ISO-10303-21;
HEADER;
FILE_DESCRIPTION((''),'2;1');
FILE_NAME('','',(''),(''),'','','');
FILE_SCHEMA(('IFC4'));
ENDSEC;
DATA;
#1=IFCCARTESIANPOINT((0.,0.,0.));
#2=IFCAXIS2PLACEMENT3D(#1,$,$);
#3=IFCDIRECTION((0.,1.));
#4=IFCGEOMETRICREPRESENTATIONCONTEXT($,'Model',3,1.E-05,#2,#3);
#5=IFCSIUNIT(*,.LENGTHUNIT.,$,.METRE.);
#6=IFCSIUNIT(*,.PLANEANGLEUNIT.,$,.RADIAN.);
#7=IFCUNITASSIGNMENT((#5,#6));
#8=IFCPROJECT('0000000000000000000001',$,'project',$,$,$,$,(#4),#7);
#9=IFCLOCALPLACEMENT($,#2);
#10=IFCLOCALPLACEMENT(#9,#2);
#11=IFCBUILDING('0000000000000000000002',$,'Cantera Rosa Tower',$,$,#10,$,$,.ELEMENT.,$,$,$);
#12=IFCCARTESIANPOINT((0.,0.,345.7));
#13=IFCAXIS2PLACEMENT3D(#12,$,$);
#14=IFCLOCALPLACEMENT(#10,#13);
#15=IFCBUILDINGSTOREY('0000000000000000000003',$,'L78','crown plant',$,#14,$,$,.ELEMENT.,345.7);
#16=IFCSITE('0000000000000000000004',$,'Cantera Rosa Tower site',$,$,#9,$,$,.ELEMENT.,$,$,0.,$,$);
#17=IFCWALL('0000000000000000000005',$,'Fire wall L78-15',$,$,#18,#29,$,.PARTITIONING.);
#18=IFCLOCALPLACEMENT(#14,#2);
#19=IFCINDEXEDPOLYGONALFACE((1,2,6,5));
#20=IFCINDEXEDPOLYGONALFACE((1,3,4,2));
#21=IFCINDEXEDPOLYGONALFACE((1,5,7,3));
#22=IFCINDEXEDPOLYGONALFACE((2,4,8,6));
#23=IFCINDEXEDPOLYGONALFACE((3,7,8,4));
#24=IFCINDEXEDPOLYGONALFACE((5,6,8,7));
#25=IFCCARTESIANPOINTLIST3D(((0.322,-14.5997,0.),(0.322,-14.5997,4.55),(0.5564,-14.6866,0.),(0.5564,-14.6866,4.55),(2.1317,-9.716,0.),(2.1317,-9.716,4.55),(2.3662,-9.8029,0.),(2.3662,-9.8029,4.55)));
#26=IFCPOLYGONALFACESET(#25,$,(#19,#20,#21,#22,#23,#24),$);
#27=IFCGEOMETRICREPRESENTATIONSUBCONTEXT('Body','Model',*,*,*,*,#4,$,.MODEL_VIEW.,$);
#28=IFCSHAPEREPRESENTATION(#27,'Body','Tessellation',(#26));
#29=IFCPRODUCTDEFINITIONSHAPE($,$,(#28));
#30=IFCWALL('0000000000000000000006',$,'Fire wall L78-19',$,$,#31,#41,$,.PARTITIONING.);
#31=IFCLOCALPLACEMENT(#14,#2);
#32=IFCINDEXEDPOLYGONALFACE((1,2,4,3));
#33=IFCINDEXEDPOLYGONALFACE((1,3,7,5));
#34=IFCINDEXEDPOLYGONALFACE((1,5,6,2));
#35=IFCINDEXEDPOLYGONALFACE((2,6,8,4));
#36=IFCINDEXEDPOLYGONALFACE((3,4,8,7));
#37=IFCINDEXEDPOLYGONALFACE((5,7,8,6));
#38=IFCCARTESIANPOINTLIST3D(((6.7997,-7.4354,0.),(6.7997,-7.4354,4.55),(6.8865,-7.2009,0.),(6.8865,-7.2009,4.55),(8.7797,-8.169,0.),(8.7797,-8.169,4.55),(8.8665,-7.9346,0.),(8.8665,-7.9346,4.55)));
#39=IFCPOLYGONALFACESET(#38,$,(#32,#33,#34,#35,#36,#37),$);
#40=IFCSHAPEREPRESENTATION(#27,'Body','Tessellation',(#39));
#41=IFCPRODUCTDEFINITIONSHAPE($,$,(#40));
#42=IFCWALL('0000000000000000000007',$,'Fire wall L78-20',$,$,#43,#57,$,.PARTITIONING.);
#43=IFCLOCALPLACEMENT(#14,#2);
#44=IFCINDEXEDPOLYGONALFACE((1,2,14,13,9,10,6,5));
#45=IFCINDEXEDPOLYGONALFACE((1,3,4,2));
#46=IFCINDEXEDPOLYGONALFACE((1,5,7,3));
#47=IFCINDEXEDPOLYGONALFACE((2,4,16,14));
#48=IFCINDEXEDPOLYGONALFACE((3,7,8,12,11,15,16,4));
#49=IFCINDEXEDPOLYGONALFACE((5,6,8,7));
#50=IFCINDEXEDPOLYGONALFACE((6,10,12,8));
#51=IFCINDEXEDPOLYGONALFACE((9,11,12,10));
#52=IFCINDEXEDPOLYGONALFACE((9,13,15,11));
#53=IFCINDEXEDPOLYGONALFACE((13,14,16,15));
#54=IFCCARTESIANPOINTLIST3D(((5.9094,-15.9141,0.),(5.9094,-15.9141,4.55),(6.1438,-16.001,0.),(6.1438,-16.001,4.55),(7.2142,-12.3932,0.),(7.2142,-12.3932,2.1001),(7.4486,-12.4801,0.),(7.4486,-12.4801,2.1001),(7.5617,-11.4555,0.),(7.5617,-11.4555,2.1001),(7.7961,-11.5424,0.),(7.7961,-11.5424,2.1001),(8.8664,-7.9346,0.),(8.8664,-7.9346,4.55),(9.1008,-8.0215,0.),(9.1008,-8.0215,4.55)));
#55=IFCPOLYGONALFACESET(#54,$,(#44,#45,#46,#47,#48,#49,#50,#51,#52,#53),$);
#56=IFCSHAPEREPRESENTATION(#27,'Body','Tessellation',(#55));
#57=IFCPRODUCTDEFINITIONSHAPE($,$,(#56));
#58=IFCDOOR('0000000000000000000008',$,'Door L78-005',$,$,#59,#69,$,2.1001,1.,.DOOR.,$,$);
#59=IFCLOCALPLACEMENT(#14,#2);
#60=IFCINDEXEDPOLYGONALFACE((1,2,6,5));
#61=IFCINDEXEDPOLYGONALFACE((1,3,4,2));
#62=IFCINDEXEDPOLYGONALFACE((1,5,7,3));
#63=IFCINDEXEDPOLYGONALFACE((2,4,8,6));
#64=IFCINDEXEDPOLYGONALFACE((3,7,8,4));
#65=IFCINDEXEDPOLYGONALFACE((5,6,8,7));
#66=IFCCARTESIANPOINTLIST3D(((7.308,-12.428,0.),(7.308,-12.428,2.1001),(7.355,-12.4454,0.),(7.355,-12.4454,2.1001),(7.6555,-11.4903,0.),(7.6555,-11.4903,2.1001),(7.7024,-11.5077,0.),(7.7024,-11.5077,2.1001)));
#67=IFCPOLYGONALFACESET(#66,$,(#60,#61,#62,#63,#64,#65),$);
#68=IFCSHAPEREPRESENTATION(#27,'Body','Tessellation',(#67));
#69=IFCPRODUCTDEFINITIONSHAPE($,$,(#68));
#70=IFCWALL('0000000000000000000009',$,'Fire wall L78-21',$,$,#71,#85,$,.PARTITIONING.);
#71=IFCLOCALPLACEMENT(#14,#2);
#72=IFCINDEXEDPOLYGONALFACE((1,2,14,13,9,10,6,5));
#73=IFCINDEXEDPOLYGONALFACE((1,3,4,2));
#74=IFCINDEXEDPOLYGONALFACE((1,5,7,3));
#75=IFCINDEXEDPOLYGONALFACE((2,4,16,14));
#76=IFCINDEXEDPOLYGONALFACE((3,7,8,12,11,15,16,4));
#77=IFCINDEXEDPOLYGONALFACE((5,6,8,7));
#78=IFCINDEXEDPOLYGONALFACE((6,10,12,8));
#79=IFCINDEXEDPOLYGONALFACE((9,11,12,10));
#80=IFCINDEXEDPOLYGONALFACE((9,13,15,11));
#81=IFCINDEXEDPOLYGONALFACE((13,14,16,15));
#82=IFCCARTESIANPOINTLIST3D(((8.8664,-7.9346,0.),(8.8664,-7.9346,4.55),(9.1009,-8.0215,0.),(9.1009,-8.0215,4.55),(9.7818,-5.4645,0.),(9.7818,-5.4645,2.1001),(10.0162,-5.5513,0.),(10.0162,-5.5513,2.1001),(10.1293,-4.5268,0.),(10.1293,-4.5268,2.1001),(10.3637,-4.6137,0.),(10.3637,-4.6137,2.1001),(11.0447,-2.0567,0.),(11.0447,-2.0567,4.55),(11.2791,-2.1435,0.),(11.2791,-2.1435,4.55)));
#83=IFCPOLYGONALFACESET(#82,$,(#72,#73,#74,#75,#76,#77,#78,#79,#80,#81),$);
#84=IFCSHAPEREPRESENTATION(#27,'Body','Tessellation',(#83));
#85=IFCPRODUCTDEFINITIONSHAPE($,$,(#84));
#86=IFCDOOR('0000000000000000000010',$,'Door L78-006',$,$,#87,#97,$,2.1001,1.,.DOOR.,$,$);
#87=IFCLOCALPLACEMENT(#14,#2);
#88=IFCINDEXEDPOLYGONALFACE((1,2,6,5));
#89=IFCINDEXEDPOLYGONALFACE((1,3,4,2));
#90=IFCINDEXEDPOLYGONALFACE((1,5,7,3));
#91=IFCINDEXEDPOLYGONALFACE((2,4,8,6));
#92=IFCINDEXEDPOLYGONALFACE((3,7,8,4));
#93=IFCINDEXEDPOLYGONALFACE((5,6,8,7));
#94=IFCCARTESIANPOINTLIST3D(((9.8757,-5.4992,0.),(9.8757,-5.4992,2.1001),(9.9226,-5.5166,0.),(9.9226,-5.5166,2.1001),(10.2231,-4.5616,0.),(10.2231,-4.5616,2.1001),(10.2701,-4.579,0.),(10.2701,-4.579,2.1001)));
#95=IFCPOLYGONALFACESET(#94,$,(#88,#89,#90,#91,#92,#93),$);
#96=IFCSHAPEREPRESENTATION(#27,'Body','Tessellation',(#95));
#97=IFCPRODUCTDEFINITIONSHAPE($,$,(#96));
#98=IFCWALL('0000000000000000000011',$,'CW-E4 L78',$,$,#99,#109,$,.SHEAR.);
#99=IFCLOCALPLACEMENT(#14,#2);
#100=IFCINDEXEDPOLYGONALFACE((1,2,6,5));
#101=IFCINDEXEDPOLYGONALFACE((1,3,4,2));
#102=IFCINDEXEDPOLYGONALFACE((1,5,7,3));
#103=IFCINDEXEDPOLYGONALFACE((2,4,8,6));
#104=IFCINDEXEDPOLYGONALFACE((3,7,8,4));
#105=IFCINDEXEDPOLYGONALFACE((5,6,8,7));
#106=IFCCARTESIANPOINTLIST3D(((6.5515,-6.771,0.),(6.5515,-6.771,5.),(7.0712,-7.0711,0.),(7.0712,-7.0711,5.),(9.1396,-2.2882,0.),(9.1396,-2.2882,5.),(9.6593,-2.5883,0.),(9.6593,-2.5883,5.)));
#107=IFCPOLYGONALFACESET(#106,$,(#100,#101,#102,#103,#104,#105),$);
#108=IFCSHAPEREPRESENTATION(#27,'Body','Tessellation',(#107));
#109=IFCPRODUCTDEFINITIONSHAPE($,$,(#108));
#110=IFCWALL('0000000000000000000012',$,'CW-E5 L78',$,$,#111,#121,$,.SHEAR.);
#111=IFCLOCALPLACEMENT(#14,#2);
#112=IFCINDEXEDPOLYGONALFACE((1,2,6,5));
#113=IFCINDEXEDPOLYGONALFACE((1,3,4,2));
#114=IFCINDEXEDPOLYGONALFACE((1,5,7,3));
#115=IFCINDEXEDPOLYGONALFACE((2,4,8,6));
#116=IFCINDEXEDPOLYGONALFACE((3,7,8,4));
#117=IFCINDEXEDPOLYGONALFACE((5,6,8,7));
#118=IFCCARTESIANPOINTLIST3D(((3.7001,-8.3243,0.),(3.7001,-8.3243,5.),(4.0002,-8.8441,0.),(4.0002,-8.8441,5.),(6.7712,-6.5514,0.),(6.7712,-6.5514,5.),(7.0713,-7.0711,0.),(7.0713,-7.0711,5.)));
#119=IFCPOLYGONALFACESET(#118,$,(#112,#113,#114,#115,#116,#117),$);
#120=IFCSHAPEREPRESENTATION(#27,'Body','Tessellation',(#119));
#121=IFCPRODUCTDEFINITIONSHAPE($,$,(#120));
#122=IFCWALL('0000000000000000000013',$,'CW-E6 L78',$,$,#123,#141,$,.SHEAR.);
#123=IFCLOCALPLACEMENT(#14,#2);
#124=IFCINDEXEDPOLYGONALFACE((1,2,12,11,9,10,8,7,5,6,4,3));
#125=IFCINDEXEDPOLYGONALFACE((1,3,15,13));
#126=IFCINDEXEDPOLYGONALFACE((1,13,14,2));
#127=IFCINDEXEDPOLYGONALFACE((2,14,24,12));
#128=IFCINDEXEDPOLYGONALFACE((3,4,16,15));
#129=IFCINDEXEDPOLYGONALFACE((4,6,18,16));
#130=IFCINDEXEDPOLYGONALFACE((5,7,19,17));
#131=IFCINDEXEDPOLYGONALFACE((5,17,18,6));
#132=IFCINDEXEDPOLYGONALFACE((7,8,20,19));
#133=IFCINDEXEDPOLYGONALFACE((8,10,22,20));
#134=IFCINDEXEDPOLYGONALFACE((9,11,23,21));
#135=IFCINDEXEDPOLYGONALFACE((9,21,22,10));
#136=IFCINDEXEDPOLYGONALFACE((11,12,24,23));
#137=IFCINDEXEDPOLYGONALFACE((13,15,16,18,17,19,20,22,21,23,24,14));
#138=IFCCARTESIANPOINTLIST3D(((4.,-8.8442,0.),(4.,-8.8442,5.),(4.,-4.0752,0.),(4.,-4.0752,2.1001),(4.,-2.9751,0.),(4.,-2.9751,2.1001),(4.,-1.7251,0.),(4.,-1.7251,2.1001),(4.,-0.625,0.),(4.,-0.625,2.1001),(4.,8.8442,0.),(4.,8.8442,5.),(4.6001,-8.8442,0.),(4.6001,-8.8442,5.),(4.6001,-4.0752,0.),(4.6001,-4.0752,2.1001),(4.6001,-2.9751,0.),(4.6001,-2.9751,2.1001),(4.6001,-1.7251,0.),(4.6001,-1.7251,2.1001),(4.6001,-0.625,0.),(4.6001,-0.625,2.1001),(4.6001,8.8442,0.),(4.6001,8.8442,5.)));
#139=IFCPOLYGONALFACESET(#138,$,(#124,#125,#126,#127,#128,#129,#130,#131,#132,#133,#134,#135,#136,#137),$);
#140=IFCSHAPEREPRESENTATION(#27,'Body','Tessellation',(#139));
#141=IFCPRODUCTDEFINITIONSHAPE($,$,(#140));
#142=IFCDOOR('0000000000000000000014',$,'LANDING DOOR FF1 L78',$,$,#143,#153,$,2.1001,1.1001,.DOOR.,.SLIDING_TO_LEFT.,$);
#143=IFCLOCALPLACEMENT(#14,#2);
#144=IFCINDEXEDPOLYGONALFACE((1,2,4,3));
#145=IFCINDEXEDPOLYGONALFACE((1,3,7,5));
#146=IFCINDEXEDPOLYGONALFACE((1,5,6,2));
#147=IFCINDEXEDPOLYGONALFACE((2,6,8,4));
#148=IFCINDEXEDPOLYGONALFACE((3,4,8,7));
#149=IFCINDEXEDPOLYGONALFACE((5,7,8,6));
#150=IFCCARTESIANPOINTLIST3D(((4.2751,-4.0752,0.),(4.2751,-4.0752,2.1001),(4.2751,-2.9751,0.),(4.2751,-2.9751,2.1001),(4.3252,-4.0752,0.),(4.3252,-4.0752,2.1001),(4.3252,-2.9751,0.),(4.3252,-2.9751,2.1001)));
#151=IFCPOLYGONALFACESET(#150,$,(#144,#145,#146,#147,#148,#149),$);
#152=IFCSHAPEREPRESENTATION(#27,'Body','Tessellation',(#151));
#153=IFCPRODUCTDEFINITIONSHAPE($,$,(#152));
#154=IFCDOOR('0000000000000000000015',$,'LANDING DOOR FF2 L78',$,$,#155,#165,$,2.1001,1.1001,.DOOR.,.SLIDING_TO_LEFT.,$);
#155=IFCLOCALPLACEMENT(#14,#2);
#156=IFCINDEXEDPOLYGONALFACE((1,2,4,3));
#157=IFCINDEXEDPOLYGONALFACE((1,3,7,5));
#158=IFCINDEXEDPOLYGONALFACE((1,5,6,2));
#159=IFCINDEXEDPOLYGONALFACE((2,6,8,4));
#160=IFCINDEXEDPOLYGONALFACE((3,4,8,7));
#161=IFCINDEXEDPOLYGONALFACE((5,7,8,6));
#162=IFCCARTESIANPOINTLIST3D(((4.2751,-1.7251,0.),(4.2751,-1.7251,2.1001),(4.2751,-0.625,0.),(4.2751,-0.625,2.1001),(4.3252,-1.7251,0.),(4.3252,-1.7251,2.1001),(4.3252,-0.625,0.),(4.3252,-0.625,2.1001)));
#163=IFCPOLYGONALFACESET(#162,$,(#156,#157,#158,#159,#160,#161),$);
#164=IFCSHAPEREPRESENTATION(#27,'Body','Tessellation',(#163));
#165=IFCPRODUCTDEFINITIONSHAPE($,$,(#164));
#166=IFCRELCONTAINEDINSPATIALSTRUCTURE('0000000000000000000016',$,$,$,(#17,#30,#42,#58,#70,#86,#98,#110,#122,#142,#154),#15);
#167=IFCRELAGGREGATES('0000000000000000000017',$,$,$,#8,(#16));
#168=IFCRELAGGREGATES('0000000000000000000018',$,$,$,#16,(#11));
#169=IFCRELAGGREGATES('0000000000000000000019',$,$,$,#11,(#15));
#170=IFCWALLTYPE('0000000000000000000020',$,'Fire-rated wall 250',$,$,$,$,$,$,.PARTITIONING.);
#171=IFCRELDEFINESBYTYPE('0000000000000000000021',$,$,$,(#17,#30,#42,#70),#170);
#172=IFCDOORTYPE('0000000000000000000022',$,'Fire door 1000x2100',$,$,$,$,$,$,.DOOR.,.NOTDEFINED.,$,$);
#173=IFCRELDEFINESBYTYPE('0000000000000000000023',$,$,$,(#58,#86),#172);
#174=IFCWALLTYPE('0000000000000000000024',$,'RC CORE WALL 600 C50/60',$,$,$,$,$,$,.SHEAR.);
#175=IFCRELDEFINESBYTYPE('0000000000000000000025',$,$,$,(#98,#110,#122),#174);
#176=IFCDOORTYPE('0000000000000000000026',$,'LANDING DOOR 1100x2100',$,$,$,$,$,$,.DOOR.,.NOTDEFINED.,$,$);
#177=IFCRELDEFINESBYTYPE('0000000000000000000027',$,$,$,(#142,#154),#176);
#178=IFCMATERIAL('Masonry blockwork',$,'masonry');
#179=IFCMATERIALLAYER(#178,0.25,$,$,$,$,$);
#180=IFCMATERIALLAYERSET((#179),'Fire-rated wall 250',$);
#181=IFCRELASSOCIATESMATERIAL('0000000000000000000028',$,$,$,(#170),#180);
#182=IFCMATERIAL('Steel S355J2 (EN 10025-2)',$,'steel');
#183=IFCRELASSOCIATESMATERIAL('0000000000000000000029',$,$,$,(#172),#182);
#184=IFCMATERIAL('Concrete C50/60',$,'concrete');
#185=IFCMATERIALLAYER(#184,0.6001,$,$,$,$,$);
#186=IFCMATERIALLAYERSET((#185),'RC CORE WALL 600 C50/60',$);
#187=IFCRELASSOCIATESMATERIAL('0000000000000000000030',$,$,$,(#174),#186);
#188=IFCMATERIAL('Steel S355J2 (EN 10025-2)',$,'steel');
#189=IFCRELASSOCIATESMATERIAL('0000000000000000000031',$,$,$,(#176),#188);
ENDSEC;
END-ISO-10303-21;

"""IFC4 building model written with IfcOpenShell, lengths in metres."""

from ifc_helpers import new_model, si_unit, direction, frame, frame_2d, origin, place, context, subcontext, project, spatial, rectangle, extrude, material, layer, layer_set, type_object, element, fill, save


model = new_model("IFC4")

# Units and contexts
model_context = context("Model", 3, precision=1e-05, world=origin(), true_north=direction((0.0, 1.0)))
body_context = subcontext(model_context, "Body", "Model", "MODEL_VIEW")
ifc_project = project(units=[si_unit("LENGTHUNIT", "METRE"), si_unit("PLANEANGLEUNIT", "RADIAN")], contexts=[model_context])

# Site, building, storey
site_placement = place(None, origin())
site = spatial("IfcSite", under=ifc_project, at=site_placement, Name="Cantera Rosa Tower site", CompositionType="ELEMENT", RefElevation=0.0)
building_placement = place(site_placement, origin())
building = spatial("IfcBuilding", under=site, at=building_placement, Name="Cantera Rosa Tower", CompositionType="ELEMENT")
storey_placement = place(building_placement, frame((0.0, 0.0, 345.7)))
storey = spatial("IfcBuildingStorey", under=building, at=storey_placement, Name="L78", Description="crown plant", CompositionType="ELEMENT", Elevation=345.7)

# Shared definitions
ifc_material_1 = material(Name="Masonry blockwork", Category="masonry")
ifc_layer_1 = layer(ifc_material_1, 0.25)
ifc_layer_set_1 = layer_set([ifc_layer_1], Name="Fire-rated wall 250")
wall_type_1 = type_object("IfcWallType", Name="Fire-rated wall 250", PredefinedType="PARTITIONING", material=ifc_layer_set_1)

# Shared definitions
ifc_material_2 = material(Name="Steel S355J2 (EN 10025-2)", Category="steel")
door_type_1 = type_object("IfcDoorType", Name="Fire door 1000x2100", OperationType="NOTDEFINED", PredefinedType="DOOR", material=ifc_material_2)

# Walls
wall_1_placement = place(storey_placement, frame((0.4392, -14.6431, 0.0), z_axis=(0.0, 0.0, 1.0), x_axis=(0.347484, 0.937686, 0.0)))
element("IfcWall", 1, at=wall_1_placement, inside=storey, type_object=wall_type_1, Name="Fire wall L78-15", PredefinedType="PARTITIONING", context=body_context, shape_type="SweptSolid", body=[
    extrude(rectangle(XDim=5.2083, YDim=0.25, at=frame_2d((2.604, 0.0))), origin(), (0.0, 0.0, 1.0), 4.55),
])
wall_2_placement = place(storey_placement, frame((8.823, -8.0518, 0.0), z_axis=(0.0, 0.0, 1.0), x_axis=(-0.9377, 0.347446, 0.0)))
element("IfcWall", 2, at=wall_2_placement, inside=storey, type_object=wall_type_1, Name="Fire wall L78-19", PredefinedType="PARTITIONING", context=body_context, shape_type="SweptSolid", body=[
    extrude(rectangle(XDim=2.1116, YDim=0.25, at=frame_2d((1.0557, 0.0))), origin(), (0.0, 0.0, 1.0), 4.55),
])

# Walls, openings, doors
wall_3_placement = place(storey_placement, frame((6.0266, -15.9575, 0.0), z_axis=(0.0, 0.0, 1.0), x_axis=(0.347486, 0.937685, 0.0)))
wall_3 = element("IfcWall", 3, at=wall_3_placement, inside=storey, type_object=wall_type_1, Name="Fire wall L78-20", PredefinedType="PARTITIONING", context=body_context, shape_type="SweptSolid", body=[
    extrude(rectangle(XDim=8.5098, YDim=0.25, at=frame_2d((4.2549, 0.0))), origin(), (0.0, 0.0, 1.0), 4.55),
])
opening_1_placement = place(wall_3_placement, frame((3.7549, 0.0, 0.0)))
opening_1 = element("IfcOpeningElement", 4, at=opening_1_placement, cuts=wall_3, PredefinedType="OPENING", context=body_context, shape_type="SweptSolid", body=[
    extrude(rectangle(XDim=1.0, YDim=2.1001, at=frame_2d((0.5, 1.05))), frame((0.0, 0.135, 0.0), z_axis=(0.0, -1.0, 0.0), x_axis=(1.0, 0.0, 0.0)), (0.0, 0.0, 1.0), 0.27),
])
door_1_placement = place(opening_1_placement, origin())
door_1 = element("IfcDoor", 5, at=door_1_placement, inside=storey, type_object=door_type_1, Name="Door L78-005", OverallHeight=2.1001, OverallWidth=1.0, PredefinedType="DOOR", context=body_context, shape_type="SweptSolid", body=[
    extrude(rectangle(XDim=1.0, YDim=2.1001, at=frame_2d((0.5, 1.05))), frame((0.0, 0.0249, 0.0), z_axis=(0.0, -1.0, 0.0), x_axis=(1.0, 0.0, 0.0)), (0.0, 0.0, 1.0), 0.05),
])
fill(opening_1, door_1)
wall_4_placement = place(storey_placement, frame((8.9836, -7.978, 0.0), z_axis=(0.0, 0.0, 1.0), x_axis=(0.347484, 0.937686, 0.0)))
wall_4 = element("IfcWall", 6, at=wall_4_placement, inside=storey, type_object=wall_type_1, Name="Fire wall L78-21", PredefinedType="PARTITIONING", context=body_context, shape_type="SweptSolid", body=[
    extrude(rectangle(XDim=6.2686, YDim=0.25, at=frame_2d((3.1343, 0.0))), origin(), (0.0, 0.0, 1.0), 4.55),
])
opening_2_placement = place(wall_4_placement, frame((2.6343, 0.0, 0.0)))
opening_2 = element("IfcOpeningElement", 7, at=opening_2_placement, cuts=wall_4, PredefinedType="OPENING", context=body_context, shape_type="SweptSolid", body=[
    extrude(rectangle(XDim=1.0, YDim=2.1001, at=frame_2d((0.5, 1.05))), frame((0.0, 0.135, 0.0), z_axis=(0.0, -1.0, 0.0), x_axis=(1.0, 0.0, 0.0)), (0.0, 0.0, 1.0), 0.27),
])
door_2_placement = place(opening_2_placement, origin())
door_2 = element("IfcDoor", 8, at=door_2_placement, inside=storey, type_object=door_type_1, Name="Door L78-006", OverallHeight=2.1001, OverallWidth=1.0, PredefinedType="DOOR", context=body_context, shape_type="SweptSolid", body=[
    extrude(rectangle(XDim=1.0, YDim=2.1001, at=frame_2d((0.5, 1.05))), frame((0.0, 0.0249, 0.0), z_axis=(0.0, -1.0, 0.0), x_axis=(1.0, 0.0, 0.0)), (0.0, 0.0, 1.0), 0.05),
])
fill(opening_2, door_2)

# Walls
ifc_material_3 = material(Name="Concrete C50/60", Category="concrete")
ifc_layer_2 = layer(ifc_material_3, 0.6001)
ifc_layer_set_2 = layer_set([ifc_layer_2], Name="RC CORE WALL 600 C50/60")
wall_type_2 = type_object("IfcWallType", Name="RC CORE WALL 600 C50/60", PredefinedType="SHEAR", material=ifc_layer_set_2)
wall_5_placement = place(storey_placement, frame((9.3994, -2.4382, 0.0), z_axis=(0.0, 0.0, 1.0), x_axis=(-0.499989, -0.866032, 0.0)))
element("IfcWall", 9, at=wall_5_placement, inside=storey, type_object=wall_type_2, Name="CW-E4 L78", PredefinedType="SHEAR", context=body_context, shape_type="SweptSolid", body=[
    extrude(rectangle(XDim=5.1763, YDim=0.6001, at=frame_2d((2.5881, 0.0))), origin(), (0.0, 0.0, 1.0), 5.0),
])
wall_6_placement = place(storey_placement, frame((6.9211, -6.8113, 0.0), z_axis=(0.0, 0.0, 1.0), x_axis=(-0.86604, -0.499975, 0.0)))
element("IfcWall", 10, at=wall_6_placement, inside=storey, type_object=wall_type_2, Name="CW-E5 L78", PredefinedType="SHEAR", context=body_context, shape_type="SweptSolid", body=[
    extrude(rectangle(XDim=3.5461, YDim=0.6001, at=frame_2d((1.7729, 0.0))), origin(), (0.0, 0.0, 1.0), 5.0),
])

# Wall, openings, doors
wall_7_placement = place(storey_placement, frame((4.3, -8.8442, 0.0), z_axis=(0.0, 0.0, 1.0), x_axis=(0.0, 1.0, 0.0)))
wall_7 = element("IfcWall", 11, at=wall_7_placement, inside=storey, type_object=wall_type_2, Name="CW-E6 L78", PredefinedType="SHEAR", context=body_context, shape_type="SweptSolid", body=[
    extrude(rectangle(XDim=17.6885, YDim=0.6001, at=frame_2d((8.8442, 0.0))), origin(), (0.0, 0.0, 1.0), 5.0),
])
opening_3_placement = place(wall_7_placement, frame((4.769, 0.0, 0.0)))
opening_3 = element("IfcOpeningElement", 12, at=opening_3_placement, cuts=wall_7, PredefinedType="OPENING", context=body_context, shape_type="SweptSolid", body=[
    extrude(rectangle(XDim=1.1001, YDim=2.1001, at=frame_2d((0.55, 1.05))), frame((0.0, 0.3101, 0.0), z_axis=(0.0, -1.0, 0.0), x_axis=(1.0, 0.0, 0.0)), (0.0, 0.0, 1.0), 0.6201),
])
opening_4_placement = place(wall_7_placement, frame((7.1191, 0.0, 0.0)))
opening_4 = element("IfcOpeningElement", 13, at=opening_4_placement, cuts=wall_7, PredefinedType="OPENING", context=body_context, shape_type="SweptSolid", body=[
    extrude(rectangle(XDim=1.1001, YDim=2.1001, at=frame_2d((0.55, 1.05))), frame((0.0, 0.3101, 0.0), z_axis=(0.0, -1.0, 0.0), x_axis=(1.0, 0.0, 0.0)), (0.0, 0.0, 1.0), 0.6201),
])
ifc_material_4 = material(Name="Steel S355J2 (EN 10025-2)", Category="steel")
door_type_2 = type_object("IfcDoorType", Name="LANDING DOOR 1100x2100", OperationType="NOTDEFINED", PredefinedType="DOOR", material=ifc_material_4)
door_3_placement = place(opening_3_placement, origin())
door_3 = element("IfcDoor", 14, at=door_3_placement, inside=storey, type_object=door_type_2, Name="LANDING DOOR FF1 L78", OperationType="SLIDING_TO_LEFT", OverallHeight=2.1001, OverallWidth=1.1001, PredefinedType="DOOR", context=body_context, shape_type="SweptSolid", body=[
    extrude(rectangle(XDim=1.1001, YDim=2.1001, at=frame_2d((0.55, 1.05))), frame((0.0, 0.0249, 0.0), z_axis=(0.0, -1.0, 0.0), x_axis=(1.0, 0.0, 0.0)), (0.0, 0.0, 1.0), 0.05),
])
fill(opening_3, door_3)
door_4_placement = place(opening_4_placement, origin())
door_4 = element("IfcDoor", 15, at=door_4_placement, inside=storey, type_object=door_type_2, Name="LANDING DOOR FF2 L78", OperationType="SLIDING_TO_LEFT", OverallHeight=2.1001, OverallWidth=1.1001, PredefinedType="DOOR", context=body_context, shape_type="SweptSolid", body=[
    extrude(rectangle(XDim=1.1001, YDim=2.1001, at=frame_2d((0.55, 1.05))), frame((0.0, 0.0249, 0.0), z_axis=(0.0, -1.0, 0.0), x_axis=(1.0, 0.0, 0.0)), (0.0, 0.0, 1.0), 0.05),
])
fill(opening_4, door_4)

save(model, "model.ifc")
